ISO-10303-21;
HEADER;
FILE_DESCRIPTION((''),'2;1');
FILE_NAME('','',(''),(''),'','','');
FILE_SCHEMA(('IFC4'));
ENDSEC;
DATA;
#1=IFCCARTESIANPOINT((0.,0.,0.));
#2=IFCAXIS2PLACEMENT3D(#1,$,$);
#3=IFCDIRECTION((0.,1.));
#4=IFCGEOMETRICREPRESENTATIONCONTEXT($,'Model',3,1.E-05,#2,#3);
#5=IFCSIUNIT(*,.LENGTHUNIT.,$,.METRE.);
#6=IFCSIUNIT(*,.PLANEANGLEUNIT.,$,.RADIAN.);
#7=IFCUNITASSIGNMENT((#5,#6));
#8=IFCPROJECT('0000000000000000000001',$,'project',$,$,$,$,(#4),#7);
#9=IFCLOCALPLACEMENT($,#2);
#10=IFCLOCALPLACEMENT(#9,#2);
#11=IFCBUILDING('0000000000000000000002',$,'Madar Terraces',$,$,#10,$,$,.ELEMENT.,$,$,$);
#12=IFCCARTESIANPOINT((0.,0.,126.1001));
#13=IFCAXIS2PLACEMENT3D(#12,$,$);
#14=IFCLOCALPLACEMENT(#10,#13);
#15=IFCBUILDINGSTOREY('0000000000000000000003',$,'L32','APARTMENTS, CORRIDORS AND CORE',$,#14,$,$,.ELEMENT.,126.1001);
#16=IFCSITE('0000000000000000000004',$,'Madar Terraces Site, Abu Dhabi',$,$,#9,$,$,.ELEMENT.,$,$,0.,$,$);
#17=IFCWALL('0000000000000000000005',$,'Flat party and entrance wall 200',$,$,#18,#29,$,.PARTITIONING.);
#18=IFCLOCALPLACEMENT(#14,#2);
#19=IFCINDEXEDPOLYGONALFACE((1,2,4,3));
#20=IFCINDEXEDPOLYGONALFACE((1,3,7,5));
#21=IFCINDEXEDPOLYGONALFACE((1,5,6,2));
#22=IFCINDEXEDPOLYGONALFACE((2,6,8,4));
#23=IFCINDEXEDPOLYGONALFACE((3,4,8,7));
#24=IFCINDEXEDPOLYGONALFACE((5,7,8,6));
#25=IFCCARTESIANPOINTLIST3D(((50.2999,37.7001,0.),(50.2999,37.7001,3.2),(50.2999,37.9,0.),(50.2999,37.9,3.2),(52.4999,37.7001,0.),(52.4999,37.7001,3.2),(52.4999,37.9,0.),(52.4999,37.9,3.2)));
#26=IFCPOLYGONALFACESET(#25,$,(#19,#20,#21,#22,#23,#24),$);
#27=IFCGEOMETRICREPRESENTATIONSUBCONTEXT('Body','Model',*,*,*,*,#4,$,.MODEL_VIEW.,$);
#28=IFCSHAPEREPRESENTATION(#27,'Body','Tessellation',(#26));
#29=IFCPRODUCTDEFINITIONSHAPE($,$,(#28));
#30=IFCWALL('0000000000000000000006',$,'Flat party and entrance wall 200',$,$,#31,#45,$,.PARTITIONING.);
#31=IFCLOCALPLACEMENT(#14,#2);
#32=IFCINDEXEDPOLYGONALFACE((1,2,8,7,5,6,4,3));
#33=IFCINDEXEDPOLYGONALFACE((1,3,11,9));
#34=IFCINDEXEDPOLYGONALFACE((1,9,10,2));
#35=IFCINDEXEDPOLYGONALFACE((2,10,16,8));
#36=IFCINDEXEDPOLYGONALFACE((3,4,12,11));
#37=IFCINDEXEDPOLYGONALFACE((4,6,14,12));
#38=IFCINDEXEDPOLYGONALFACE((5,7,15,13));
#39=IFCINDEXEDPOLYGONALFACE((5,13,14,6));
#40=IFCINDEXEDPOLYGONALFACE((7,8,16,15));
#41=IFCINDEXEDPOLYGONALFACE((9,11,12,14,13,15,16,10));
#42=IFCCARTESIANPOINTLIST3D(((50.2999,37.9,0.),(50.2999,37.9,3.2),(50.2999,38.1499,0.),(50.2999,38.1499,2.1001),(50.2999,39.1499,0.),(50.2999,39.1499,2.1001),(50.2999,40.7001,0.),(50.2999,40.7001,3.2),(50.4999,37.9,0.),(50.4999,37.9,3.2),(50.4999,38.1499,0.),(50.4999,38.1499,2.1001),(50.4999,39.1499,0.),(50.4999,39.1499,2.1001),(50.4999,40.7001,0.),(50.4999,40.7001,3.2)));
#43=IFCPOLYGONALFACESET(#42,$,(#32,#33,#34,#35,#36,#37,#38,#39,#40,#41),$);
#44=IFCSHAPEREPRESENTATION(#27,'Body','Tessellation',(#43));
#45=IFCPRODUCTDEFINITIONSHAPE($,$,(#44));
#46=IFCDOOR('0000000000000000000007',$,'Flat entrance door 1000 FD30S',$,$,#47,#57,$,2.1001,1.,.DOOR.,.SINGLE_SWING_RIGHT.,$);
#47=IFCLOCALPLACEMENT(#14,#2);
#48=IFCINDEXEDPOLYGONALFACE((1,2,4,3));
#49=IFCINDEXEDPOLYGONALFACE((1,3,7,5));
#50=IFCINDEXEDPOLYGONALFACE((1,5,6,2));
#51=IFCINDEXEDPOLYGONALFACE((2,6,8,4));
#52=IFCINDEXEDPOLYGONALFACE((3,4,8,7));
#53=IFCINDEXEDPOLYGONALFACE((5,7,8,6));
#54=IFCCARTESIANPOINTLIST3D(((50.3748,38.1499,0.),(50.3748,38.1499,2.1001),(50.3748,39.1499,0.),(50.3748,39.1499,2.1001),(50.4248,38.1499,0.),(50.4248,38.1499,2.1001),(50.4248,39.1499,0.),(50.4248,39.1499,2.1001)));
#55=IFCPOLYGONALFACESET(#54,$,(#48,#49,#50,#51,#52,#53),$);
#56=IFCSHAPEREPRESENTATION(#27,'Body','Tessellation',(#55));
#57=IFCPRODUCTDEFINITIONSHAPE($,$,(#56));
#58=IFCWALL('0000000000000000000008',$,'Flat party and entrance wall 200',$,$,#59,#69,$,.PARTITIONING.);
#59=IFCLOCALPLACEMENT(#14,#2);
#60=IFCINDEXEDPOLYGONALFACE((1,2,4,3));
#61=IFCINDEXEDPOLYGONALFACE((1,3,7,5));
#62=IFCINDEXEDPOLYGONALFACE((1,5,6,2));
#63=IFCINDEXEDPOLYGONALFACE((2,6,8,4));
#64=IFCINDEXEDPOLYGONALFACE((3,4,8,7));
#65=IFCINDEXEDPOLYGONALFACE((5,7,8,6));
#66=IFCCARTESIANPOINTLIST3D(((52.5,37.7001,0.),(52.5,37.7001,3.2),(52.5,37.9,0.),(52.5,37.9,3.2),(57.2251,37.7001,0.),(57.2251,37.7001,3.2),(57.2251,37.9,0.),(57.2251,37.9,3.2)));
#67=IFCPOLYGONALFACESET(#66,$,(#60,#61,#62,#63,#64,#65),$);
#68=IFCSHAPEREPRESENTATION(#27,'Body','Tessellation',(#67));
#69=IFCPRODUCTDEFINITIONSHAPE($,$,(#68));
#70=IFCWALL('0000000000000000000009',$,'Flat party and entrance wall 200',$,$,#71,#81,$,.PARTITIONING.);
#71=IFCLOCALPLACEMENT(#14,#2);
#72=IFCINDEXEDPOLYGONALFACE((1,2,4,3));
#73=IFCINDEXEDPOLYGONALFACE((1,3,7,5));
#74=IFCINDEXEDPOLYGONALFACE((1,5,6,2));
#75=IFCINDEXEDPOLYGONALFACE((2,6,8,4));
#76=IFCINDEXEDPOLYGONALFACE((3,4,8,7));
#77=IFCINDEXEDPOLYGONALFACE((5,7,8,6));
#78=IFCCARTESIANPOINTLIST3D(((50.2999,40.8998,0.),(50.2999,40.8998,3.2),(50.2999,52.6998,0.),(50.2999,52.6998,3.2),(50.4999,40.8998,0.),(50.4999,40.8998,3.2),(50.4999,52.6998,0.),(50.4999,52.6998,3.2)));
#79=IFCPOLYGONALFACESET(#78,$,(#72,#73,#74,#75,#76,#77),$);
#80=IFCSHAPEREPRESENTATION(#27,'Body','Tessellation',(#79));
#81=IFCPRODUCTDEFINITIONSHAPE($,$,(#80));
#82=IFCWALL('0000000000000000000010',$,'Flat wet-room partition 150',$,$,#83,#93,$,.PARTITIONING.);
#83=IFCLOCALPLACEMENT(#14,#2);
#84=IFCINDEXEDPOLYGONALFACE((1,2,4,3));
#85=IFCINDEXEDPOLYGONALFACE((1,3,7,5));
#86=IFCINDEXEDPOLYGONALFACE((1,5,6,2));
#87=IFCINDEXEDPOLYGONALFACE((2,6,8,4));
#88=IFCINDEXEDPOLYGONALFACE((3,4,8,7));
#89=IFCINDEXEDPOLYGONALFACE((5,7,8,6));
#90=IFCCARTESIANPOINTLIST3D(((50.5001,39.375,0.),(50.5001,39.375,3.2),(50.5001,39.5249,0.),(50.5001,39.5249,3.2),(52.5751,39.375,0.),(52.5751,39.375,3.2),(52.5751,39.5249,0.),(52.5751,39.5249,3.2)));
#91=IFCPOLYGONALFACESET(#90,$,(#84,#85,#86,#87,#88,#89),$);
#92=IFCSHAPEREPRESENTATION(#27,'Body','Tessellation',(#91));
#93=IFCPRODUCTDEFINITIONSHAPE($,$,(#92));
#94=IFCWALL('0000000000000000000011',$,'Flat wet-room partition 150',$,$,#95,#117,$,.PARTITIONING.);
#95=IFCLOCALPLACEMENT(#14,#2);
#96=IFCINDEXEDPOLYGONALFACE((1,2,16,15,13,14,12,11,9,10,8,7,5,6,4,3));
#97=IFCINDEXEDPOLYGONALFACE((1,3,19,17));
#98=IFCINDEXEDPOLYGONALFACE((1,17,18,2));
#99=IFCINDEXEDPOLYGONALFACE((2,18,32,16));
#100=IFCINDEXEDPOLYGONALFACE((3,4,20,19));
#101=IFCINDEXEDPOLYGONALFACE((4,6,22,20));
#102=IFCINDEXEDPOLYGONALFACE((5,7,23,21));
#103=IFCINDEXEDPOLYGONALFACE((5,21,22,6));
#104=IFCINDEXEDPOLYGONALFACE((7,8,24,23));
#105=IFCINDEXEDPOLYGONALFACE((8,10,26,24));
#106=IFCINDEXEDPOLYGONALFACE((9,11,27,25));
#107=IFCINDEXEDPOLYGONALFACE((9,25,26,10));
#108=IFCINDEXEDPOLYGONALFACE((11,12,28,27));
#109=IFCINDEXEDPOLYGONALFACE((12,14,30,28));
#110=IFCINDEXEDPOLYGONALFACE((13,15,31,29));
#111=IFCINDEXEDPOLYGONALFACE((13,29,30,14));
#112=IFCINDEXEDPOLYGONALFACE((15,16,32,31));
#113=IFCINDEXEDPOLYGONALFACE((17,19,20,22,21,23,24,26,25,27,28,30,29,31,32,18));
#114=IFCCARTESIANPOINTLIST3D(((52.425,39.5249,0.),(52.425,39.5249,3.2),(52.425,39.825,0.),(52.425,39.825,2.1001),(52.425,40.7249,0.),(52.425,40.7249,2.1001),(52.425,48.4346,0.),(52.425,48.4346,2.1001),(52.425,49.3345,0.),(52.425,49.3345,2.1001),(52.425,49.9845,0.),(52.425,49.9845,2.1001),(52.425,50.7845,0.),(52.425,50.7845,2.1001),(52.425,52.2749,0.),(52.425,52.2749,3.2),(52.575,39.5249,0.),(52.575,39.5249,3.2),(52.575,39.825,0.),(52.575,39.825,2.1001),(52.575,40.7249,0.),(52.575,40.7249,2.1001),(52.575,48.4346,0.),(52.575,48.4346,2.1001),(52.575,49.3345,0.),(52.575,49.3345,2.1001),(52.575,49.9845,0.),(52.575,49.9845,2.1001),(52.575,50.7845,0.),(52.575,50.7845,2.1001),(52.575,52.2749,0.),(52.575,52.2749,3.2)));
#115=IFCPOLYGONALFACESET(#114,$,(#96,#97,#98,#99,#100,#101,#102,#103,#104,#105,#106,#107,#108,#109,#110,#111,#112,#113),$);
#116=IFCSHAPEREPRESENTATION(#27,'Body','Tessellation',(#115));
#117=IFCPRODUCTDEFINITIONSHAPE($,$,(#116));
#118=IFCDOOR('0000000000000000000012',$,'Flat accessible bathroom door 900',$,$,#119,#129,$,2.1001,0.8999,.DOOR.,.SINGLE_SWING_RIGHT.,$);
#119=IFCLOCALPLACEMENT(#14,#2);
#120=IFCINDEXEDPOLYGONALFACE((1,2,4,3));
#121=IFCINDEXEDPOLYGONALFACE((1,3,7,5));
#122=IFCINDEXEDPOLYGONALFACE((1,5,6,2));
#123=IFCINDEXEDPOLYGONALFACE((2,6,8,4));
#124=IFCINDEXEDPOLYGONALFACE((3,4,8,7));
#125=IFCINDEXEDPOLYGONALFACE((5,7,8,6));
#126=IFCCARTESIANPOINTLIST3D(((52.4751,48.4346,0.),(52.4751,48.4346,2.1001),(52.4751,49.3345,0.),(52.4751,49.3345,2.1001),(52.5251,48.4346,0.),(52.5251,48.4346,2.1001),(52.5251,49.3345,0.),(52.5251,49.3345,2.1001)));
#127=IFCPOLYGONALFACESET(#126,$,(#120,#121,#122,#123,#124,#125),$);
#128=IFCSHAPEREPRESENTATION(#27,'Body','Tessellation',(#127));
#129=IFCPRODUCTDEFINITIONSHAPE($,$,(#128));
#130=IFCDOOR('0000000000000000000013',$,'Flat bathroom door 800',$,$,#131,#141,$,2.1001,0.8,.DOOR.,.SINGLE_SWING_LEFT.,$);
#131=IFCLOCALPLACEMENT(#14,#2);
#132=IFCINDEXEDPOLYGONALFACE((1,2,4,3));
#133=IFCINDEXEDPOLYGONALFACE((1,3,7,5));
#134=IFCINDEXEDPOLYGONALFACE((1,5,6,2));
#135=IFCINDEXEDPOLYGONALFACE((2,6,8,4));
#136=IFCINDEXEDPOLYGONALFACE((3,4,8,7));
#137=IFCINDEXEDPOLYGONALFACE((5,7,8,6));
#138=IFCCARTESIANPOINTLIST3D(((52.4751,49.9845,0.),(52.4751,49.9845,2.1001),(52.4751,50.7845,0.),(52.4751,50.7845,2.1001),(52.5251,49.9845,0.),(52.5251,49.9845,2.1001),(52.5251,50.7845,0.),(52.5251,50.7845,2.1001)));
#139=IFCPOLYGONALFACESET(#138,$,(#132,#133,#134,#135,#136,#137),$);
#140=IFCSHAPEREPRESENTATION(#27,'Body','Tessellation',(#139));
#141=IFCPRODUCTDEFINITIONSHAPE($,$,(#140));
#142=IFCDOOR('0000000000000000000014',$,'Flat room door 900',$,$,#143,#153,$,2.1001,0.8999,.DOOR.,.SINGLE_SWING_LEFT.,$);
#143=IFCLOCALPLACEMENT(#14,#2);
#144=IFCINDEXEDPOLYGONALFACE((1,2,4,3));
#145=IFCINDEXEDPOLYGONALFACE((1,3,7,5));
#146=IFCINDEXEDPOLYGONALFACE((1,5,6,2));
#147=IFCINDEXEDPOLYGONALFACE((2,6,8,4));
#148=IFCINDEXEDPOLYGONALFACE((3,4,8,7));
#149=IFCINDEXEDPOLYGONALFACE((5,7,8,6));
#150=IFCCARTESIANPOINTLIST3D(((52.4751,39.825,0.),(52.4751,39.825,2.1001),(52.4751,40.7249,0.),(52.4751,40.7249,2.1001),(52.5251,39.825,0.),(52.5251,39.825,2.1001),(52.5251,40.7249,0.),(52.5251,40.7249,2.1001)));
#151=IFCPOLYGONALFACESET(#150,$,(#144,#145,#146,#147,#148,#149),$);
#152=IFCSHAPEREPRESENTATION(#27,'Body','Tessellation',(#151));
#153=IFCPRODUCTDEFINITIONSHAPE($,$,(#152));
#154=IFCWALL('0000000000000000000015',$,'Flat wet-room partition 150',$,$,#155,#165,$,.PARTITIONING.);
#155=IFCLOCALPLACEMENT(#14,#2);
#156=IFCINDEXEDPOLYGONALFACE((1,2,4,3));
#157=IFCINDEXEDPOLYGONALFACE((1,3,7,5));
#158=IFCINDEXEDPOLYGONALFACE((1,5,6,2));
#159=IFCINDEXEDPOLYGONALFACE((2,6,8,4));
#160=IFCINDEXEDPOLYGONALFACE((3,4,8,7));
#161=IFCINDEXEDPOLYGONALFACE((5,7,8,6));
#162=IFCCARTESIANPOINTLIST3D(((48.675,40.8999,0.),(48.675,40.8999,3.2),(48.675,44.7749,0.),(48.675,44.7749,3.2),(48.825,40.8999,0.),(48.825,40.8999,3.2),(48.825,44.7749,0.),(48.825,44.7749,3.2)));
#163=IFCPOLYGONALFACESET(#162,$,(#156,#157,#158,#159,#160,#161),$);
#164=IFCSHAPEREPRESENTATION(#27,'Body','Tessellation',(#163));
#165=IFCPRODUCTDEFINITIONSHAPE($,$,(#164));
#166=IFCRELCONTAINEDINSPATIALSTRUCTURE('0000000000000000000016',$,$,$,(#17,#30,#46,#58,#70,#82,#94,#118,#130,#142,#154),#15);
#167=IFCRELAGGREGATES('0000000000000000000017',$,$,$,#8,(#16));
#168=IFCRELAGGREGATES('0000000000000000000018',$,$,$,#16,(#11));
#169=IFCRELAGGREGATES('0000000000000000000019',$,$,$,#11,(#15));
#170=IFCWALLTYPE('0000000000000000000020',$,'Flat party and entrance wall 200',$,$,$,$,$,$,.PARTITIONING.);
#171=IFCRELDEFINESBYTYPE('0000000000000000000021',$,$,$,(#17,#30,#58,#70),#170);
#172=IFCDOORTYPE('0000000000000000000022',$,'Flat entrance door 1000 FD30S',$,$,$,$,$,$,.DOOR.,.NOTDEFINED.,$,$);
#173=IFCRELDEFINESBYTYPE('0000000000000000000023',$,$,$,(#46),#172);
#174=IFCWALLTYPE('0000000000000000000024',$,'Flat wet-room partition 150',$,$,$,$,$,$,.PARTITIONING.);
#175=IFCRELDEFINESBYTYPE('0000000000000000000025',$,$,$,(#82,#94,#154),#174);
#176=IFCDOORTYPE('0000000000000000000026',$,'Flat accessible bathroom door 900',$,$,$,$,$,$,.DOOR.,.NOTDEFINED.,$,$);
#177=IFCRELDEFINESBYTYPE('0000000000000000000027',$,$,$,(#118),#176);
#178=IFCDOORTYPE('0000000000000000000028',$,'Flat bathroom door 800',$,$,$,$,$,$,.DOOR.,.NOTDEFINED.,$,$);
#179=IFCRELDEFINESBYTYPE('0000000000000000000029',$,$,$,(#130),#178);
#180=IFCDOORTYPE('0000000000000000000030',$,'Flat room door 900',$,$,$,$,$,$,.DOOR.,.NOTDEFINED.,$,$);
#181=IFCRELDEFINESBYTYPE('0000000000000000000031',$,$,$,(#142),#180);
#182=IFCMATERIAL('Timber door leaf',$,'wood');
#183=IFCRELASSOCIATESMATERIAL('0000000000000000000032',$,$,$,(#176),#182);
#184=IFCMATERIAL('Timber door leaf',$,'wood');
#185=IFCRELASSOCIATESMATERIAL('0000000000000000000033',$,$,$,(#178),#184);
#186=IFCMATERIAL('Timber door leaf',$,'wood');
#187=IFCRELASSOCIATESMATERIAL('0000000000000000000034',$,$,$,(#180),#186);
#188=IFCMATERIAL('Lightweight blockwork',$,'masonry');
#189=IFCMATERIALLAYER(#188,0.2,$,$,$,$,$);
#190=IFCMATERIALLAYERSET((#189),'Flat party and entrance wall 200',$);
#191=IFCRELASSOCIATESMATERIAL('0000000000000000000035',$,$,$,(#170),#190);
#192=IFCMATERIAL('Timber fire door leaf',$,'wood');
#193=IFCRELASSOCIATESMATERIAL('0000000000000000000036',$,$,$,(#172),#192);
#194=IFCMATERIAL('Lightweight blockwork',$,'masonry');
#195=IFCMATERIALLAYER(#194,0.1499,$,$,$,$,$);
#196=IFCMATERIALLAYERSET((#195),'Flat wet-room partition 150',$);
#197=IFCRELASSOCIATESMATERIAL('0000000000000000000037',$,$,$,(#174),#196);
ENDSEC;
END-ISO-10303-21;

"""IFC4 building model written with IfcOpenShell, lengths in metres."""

from ifc_helpers import new_model, si_unit, direction, frame, frame_2d, origin, place, context, subcontext, project, spatial, rectangle, extrude, material, layer, layer_set, type_object, element, fill, save


model = new_model("IFC4")

# Units and contexts
model_context = context("Model", 3, precision=1e-05, world=origin(), true_north=direction((0.0, 1.0)))
body_context = subcontext(model_context, "Body", "Model", "MODEL_VIEW")
ifc_project = project(units=[si_unit("LENGTHUNIT", "METRE"), si_unit("PLANEANGLEUNIT", "RADIAN")], contexts=[model_context])

# Site, building, storey
site_placement = place(None, origin())
site = spatial("IfcSite", under=ifc_project, at=site_placement, Name="Madar Terraces Site, Abu Dhabi", CompositionType="ELEMENT", RefElevation=0.0)
building_placement = place(site_placement, origin())
building = spatial("IfcBuilding", under=site, at=building_placement, Name="Madar Terraces", CompositionType="ELEMENT")
storey_placement = place(building_placement, frame((0.0, 0.0, 126.1001)))
storey = spatial("IfcBuildingStorey", under=building, at=storey_placement, Name="L32", Description="APARTMENTS, CORRIDORS AND CORE", CompositionType="ELEMENT", Elevation=126.1001)

# Shared definitions
ifc_material_1 = material(Name="Timber door leaf", Category="wood")
door_type_1 = type_object("IfcDoorType", Name="Flat accessible bathroom door 900", OperationType="NOTDEFINED", PredefinedType="DOOR", material=ifc_material_1)
ifc_material_2 = material(Name="Timber door leaf", Category="wood")
door_type_2 = type_object("IfcDoorType", Name="Flat bathroom door 800", OperationType="NOTDEFINED", PredefinedType="DOOR", material=ifc_material_2)
ifc_material_3 = material(Name="Timber door leaf", Category="wood")
door_type_3 = type_object("IfcDoorType", Name="Flat room door 900", OperationType="NOTDEFINED", PredefinedType="DOOR", material=ifc_material_3)

# Shared definitions
ifc_material_4 = material(Name="Lightweight blockwork", Category="masonry")
ifc_layer_1 = layer(ifc_material_4, 0.2)
ifc_layer_set_1 = layer_set([ifc_layer_1], Name="Flat party and entrance wall 200")
wall_type_1 = type_object("IfcWallType", Name="Flat party and entrance wall 200", PredefinedType="PARTITIONING", material=ifc_layer_set_1)
ifc_material_5 = material(Name="Timber fire door leaf", Category="wood")
door_type_4 = type_object("IfcDoorType", Name="Flat entrance door 1000 FD30S", OperationType="NOTDEFINED", PredefinedType="DOOR", material=ifc_material_5)

# Wall
wall_1_placement = place(storey_placement, frame((52.5, 37.8, 0.0), z_axis=(0.0, 0.0, 1.0), x_axis=(-1.0, 0.0, 0.0)))
element("IfcWall", 1, at=wall_1_placement, inside=storey, type_object=wall_type_1, Name="Flat party and entrance wall 200", PredefinedType="PARTITIONING", context=body_context, shape_type="SweptSolid", body=[
    extrude(rectangle(XDim=2.2, YDim=0.2, at=frame_2d((1.1001, 0.0))), origin(), (0.0, 0.0, 1.0), 3.2),
])

# Wall, opening, door
wall_2_placement = place(storey_placement, frame((50.3999, 40.7, 0.0), z_axis=(0.0, 0.0, 1.0), x_axis=(0.0, -1.0, 0.0)))
wall_2 = element("IfcWall", 2, at=wall_2_placement, inside=storey, type_object=wall_type_1, Name="Flat party and entrance wall 200", PredefinedType="PARTITIONING", context=body_context, shape_type="SweptSolid", body=[
    extrude(rectangle(XDim=2.8, YDim=0.2, at=frame_2d((1.3999, 0.0))), origin(), (0.0, 0.0, 1.0), 3.2),
])
opening_1_placement = place(wall_2_placement, frame((1.55, 0.0, 0.0)))
opening_1 = element("IfcOpeningElement", 3, at=opening_1_placement, cuts=wall_2, PredefinedType="OPENING", context=body_context, shape_type="SweptSolid", body=[
    extrude(rectangle(XDim=1.0, YDim=2.1001, at=frame_2d((0.5, 1.05))), frame((0.0, 0.1099, 0.0), z_axis=(0.0, -1.0, 0.0), x_axis=(1.0, 0.0, 0.0)), (0.0, 0.0, 1.0), 0.22),
])
door_1_placement = place(opening_1_placement, origin())
door_1 = element("IfcDoor", 4, at=door_1_placement, inside=storey, type_object=door_type_4, Name="Flat entrance door 1000 FD30S", OperationType="SINGLE_SWING_RIGHT", OverallHeight=2.1001, OverallWidth=1.0, PredefinedType="DOOR", context=body_context, shape_type="SweptSolid", body=[
    extrude(rectangle(XDim=1.0, YDim=2.1001, at=frame_2d((0.5, 1.05))), frame((0.0, 0.0249, 0.0), z_axis=(0.0, -1.0, 0.0), x_axis=(1.0, 0.0, 0.0)), (0.0, 0.0, 1.0), 0.05),
])
fill(opening_1, door_1)

# Walls
wall_3_placement = place(storey_placement, frame((52.5, 37.8, 0.0), z_axis=(0.0, 0.0, 1.0), x_axis=(1.0, 0.0, 0.0)))
element("IfcWall", 5, at=wall_3_placement, inside=storey, type_object=wall_type_1, Name="Flat party and entrance wall 200", PredefinedType="PARTITIONING", context=body_context, shape_type="SweptSolid", body=[
    extrude(rectangle(XDim=4.7251, YDim=0.2, at=frame_2d((2.3625, 0.0))), origin(), (0.0, 0.0, 1.0), 3.2),
])
wall_4_placement = place(storey_placement, frame((50.3999, 40.8999, 0.0), z_axis=(0.0, 0.0, 1.0), x_axis=(0.0, 1.0, 0.0)))
element("IfcWall", 6, at=wall_4_placement, inside=storey, type_object=wall_type_1, Name="Flat party and entrance wall 200", PredefinedType="PARTITIONING", context=body_context, shape_type="SweptSolid", body=[
    extrude(rectangle(XDim=11.8, YDim=0.2, at=frame_2d((5.8999, 0.0))), origin(), (0.0, 0.0, 1.0), 3.2),
])
ifc_material_6 = material(Name="Lightweight blockwork", Category="masonry")
ifc_layer_2 = layer(ifc_material_6, 0.1499)
ifc_layer_set_2 = layer_set([ifc_layer_2], Name="Flat wet-room partition 150")
wall_type_2 = type_object("IfcWallType", Name="Flat wet-room partition 150", PredefinedType="PARTITIONING", material=ifc_layer_set_2)
wall_5_placement = place(storey_placement, frame((50.5, 39.45, 0.0), z_axis=(0.0, 0.0, 1.0), x_axis=(1.0, 0.0, 0.0)))
element("IfcWall", 7, at=wall_5_placement, inside=storey, type_object=wall_type_2, Name="Flat wet-room partition 150", PredefinedType="PARTITIONING", context=body_context, shape_type="SweptSolid", body=[
    extrude(rectangle(XDim=2.075, YDim=0.1499, at=frame_2d((1.0376, 0.0))), origin(), (0.0, 0.0, 1.0), 3.2),
])

# Wall, openings, doors
wall_6_placement = place(storey_placement, frame((52.5, 39.5249, 0.0), z_axis=(0.0, 0.0, 1.0), x_axis=(0.0, 1.0, 0.0)))
wall_6 = element("IfcWall", 8, at=wall_6_placement, inside=storey, type_object=wall_type_2, Name="Flat wet-room partition 150", PredefinedType="PARTITIONING", context=body_context, shape_type="SweptSolid", body=[
    extrude(rectangle(XDim=12.75, YDim=0.1499, at=frame_2d((6.375, 0.0))), origin(), (0.0, 0.0, 1.0), 3.2),
])
opening_2_placement = place(wall_6_placement, frame((0.3, 0.0, 0.0)))
opening_2 = element("IfcOpeningElement", 9, at=opening_2_placement, cuts=wall_6, PredefinedType="OPENING", context=body_context, shape_type="SweptSolid", body=[
    extrude(rectangle(XDim=0.8999, YDim=2.1001, at=frame_2d((0.45, 1.05))), frame((0.0, 0.085, 0.0), z_axis=(0.0, -1.0, 0.0), x_axis=(1.0, 0.0, 0.0)), (0.0, 0.0, 1.0), 0.1699),
])
opening_3_placement = place(wall_6_placement, frame((8.9097, 0.0, 0.0)))
opening_3 = element("IfcOpeningElement", 10, at=opening_3_placement, cuts=wall_6, PredefinedType="OPENING", context=body_context, shape_type="SweptSolid", body=[
    extrude(rectangle(XDim=0.8999, YDim=2.1001, at=frame_2d((0.45, 1.05))), frame((0.0, 0.085, 0.0), z_axis=(0.0, -1.0, 0.0), x_axis=(1.0, 0.0, 0.0)), (0.0, 0.0, 1.0), 0.1699),
])
opening_4_placement = place(wall_6_placement, frame((10.4597, 0.0, 0.0)))
opening_4 = element("IfcOpeningElement", 11, at=opening_4_placement, cuts=wall_6, PredefinedType="OPENING", context=body_context, shape_type="SweptSolid", body=[
    extrude(rectangle(XDim=0.8, YDim=2.1001, at=frame_2d((0.3999, 1.05))), frame((0.0, 0.085, 0.0), z_axis=(0.0, -1.0, 0.0), x_axis=(1.0, 0.0, 0.0)), (0.0, 0.0, 1.0), 0.1699),
])
door_2_placement = place(opening_3_placement, origin())
door_2 = element("IfcDoor", 12, at=door_2_placement, inside=storey, type_object=door_type_1, Name="Flat accessible bathroom door 900", OperationType="SINGLE_SWING_RIGHT", OverallHeight=2.1001, OverallWidth=0.8999, PredefinedType="DOOR", context=body_context, shape_type="SweptSolid", body=[
    extrude(rectangle(XDim=0.8999, YDim=2.1001, at=frame_2d((0.45, 1.05))), frame((0.0, 0.0249, 0.0), z_axis=(0.0, -1.0, 0.0), x_axis=(1.0, 0.0, 0.0)), (0.0, 0.0, 1.0), 0.05),
])
fill(opening_3, door_2)
door_3_placement = place(opening_4_placement, origin())
door_3 = element("IfcDoor", 13, at=door_3_placement, inside=storey, type_object=door_type_2, Name="Flat bathroom door 800", OperationType="SINGLE_SWING_LEFT", OverallHeight=2.1001, OverallWidth=0.8, PredefinedType="DOOR", context=body_context, shape_type="SweptSolid", body=[
    extrude(rectangle(XDim=0.8, YDim=2.1001, at=frame_2d((0.3999, 1.05))), frame((0.0, 0.0249, 0.0), z_axis=(0.0, -1.0, 0.0), x_axis=(1.0, 0.0, 0.0)), (0.0, 0.0, 1.0), 0.05),
])
fill(opening_4, door_3)
door_4_placement = place(opening_2_placement, origin())
door_4 = element("IfcDoor", 14, at=door_4_placement, inside=storey, type_object=door_type_3, Name="Flat room door 900", OperationType="SINGLE_SWING_LEFT", OverallHeight=2.1001, OverallWidth=0.8999, PredefinedType="DOOR", context=body_context, shape_type="SweptSolid", body=[
    extrude(rectangle(XDim=0.8999, YDim=2.1001, at=frame_2d((0.45, 1.05))), frame((0.0, 0.0249, 0.0), z_axis=(0.0, -1.0, 0.0), x_axis=(1.0, 0.0, 0.0)), (0.0, 0.0, 1.0), 0.05),
])
fill(opening_2, door_4)

# Wall
wall_7_placement = place(storey_placement, frame((48.75, 40.8999, 0.0), z_axis=(0.0, 0.0, 1.0), x_axis=(0.0, 1.0, 0.0)))
element("IfcWall", 15, at=wall_7_placement, inside=storey, type_object=wall_type_2, Name="Flat wet-room partition 150", PredefinedType="PARTITIONING", context=body_context, shape_type="SweptSolid", body=[
    extrude(rectangle(XDim=3.875, YDim=0.1499, at=frame_2d((1.9375, 0.0))), origin(), (0.0, 0.0, 1.0), 3.2),
])

save(model, "model.ifc")
